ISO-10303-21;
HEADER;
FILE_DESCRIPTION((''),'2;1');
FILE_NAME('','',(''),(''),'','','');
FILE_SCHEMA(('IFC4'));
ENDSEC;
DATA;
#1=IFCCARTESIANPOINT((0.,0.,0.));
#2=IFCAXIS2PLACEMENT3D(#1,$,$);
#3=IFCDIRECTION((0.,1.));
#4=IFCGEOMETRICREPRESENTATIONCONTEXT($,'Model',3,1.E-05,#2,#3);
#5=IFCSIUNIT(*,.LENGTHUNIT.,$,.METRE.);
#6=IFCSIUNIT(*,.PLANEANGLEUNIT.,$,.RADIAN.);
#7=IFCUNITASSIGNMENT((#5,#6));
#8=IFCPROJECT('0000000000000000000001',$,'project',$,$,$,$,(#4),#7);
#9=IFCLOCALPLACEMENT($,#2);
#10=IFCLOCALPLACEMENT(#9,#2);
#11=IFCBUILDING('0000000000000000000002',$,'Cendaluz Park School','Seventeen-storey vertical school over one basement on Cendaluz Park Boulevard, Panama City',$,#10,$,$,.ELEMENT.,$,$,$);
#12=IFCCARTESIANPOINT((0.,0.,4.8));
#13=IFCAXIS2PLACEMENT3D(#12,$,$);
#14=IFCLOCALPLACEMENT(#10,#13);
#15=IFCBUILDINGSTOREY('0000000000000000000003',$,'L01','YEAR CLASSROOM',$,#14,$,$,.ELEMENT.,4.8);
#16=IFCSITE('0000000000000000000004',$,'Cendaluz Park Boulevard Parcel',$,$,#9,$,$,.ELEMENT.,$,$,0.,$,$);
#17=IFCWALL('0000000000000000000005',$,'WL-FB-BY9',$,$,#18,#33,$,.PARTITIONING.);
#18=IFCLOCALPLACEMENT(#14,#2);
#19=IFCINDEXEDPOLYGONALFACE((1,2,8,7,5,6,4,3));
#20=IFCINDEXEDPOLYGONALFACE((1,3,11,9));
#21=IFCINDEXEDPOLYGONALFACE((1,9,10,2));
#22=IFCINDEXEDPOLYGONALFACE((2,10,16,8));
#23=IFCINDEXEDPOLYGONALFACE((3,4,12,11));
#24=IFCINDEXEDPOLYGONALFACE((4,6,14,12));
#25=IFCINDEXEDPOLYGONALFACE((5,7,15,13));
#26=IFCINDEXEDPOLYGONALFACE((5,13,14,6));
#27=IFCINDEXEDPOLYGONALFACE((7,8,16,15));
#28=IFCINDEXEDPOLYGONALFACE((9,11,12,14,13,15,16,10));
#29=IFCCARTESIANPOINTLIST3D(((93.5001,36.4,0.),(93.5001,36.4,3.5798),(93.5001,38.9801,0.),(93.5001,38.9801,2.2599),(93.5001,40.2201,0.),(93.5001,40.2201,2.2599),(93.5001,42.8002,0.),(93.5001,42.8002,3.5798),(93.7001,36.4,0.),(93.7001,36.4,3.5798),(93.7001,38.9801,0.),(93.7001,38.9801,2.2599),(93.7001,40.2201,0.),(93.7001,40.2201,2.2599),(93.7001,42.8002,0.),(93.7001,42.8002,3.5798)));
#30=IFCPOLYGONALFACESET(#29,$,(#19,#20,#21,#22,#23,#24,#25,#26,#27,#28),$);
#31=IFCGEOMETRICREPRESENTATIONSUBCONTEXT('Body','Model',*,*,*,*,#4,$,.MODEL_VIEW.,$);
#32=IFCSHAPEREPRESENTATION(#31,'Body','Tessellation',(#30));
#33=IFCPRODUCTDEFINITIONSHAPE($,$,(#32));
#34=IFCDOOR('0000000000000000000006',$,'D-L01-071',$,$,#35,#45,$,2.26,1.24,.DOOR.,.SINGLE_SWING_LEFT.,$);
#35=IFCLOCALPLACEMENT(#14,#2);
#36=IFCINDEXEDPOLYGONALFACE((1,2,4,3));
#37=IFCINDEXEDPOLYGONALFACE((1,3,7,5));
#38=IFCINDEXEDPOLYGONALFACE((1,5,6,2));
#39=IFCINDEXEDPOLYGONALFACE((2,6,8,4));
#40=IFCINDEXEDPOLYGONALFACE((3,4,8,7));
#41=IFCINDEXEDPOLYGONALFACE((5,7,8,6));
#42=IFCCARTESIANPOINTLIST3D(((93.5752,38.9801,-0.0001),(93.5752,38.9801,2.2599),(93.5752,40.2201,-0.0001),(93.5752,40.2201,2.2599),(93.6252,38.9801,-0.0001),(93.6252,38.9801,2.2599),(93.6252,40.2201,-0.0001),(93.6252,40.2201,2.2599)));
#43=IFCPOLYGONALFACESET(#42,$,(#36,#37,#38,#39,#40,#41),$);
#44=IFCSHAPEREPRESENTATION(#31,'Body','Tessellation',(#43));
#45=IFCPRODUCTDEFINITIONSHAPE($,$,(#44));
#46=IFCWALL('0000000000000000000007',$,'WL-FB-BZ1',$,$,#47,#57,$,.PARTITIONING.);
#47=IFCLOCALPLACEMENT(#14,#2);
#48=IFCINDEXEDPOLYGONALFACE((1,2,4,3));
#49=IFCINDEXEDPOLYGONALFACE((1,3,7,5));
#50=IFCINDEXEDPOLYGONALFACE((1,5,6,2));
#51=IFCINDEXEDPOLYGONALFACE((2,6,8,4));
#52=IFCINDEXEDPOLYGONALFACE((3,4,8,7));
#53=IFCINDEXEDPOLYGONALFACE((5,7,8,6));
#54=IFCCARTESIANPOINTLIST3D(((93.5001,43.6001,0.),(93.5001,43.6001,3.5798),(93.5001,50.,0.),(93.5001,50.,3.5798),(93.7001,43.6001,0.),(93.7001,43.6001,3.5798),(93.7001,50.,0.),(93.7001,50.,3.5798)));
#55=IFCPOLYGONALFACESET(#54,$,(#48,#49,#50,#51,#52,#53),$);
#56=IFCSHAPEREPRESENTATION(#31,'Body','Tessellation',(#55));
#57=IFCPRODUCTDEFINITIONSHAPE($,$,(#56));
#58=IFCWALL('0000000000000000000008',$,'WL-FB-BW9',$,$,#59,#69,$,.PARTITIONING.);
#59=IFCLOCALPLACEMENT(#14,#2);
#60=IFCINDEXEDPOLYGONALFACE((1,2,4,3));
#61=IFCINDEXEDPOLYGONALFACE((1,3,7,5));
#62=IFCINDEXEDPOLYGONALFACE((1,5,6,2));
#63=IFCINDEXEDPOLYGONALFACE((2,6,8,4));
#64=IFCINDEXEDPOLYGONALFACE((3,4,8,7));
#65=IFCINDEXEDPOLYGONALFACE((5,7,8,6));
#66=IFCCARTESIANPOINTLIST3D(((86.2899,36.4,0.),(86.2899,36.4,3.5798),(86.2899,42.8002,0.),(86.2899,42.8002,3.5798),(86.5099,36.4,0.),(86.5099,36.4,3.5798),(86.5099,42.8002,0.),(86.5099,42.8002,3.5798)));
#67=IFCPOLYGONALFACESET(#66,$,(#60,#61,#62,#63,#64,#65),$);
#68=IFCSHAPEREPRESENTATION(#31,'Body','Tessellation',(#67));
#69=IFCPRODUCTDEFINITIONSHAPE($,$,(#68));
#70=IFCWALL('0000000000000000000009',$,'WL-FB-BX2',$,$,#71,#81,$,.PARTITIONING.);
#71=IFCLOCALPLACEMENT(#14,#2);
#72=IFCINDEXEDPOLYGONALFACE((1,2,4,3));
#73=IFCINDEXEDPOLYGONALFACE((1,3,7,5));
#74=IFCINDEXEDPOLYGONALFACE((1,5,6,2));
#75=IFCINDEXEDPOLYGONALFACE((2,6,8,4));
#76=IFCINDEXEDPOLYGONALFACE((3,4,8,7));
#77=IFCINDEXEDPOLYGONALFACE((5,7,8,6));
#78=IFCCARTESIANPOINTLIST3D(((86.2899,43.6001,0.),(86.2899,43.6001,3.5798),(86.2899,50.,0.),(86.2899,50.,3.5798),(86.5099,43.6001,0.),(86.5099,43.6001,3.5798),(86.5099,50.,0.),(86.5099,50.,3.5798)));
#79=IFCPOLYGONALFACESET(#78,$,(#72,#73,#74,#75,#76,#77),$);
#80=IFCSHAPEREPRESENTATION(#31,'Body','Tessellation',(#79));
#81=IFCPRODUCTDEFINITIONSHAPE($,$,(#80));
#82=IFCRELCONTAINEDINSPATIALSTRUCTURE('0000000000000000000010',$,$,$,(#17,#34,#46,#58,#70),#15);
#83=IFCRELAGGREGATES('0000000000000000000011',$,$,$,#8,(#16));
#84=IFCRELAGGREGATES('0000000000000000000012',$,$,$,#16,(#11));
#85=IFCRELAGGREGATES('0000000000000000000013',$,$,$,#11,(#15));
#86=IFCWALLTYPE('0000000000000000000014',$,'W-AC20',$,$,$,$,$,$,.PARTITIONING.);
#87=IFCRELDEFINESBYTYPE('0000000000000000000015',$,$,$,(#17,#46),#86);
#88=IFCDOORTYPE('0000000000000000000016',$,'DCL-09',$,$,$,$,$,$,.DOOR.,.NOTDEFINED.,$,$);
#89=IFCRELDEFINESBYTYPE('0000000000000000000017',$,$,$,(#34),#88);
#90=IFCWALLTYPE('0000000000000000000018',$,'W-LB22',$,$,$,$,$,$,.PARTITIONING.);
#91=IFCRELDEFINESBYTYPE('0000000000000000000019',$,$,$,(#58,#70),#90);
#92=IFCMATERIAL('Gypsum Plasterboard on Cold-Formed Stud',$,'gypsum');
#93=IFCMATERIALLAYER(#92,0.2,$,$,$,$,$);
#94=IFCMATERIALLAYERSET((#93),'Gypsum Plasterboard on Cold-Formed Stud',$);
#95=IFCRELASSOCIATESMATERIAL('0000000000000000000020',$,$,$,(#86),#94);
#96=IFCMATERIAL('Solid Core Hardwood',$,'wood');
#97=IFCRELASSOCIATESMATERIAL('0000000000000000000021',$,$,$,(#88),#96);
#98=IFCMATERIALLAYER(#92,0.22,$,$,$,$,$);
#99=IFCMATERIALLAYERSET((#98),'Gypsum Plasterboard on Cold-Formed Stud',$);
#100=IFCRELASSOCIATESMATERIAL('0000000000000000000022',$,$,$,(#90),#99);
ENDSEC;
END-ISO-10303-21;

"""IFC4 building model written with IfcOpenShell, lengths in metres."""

from ifc_helpers import new_model, si_unit, direction, frame, frame_2d, origin, place, context, subcontext, project, spatial, rectangle, extrude, material, layer, layer_set, type_object, element, fill, save


model = new_model("IFC4")

# Units and contexts
model_context = context("Model", 3, precision=1e-05, world=origin(), true_north=direction((0.0, 1.0)))
body_context = subcontext(model_context, "Body", "Model", "MODEL_VIEW")
ifc_project = project(units=[si_unit("LENGTHUNIT", "METRE"), si_unit("PLANEANGLEUNIT", "RADIAN")], contexts=[model_context])

# Site, building, storey
site_placement = place(None, origin())
site = spatial("IfcSite", under=ifc_project, at=site_placement, Name="Cendaluz Park Boulevard Parcel", CompositionType="ELEMENT", RefElevation=0.0)
building_placement = place(site_placement, origin())
building = spatial("IfcBuilding", under=site, at=building_placement, Name="Cendaluz Park School", Description="Seventeen-storey vertical school over one basement on Cendaluz Park Boulevard, Panama City", CompositionType="ELEMENT")
storey_placement = place(building_placement, frame((0.0, 0.0, 4.8)))
storey = spatial("IfcBuildingStorey", under=building, at=storey_placement, Name="L01", Description="YEAR CLASSROOM", CompositionType="ELEMENT", Elevation=4.8)

# Shared definitions
ifc_material_1 = material(Name="Gypsum Plasterboard on Cold-Formed Stud", Category="gypsum")
ifc_layer_1 = layer(ifc_material_1, 0.2)
ifc_layer_set_1 = layer_set([ifc_layer_1], Name="Gypsum Plasterboard on Cold-Formed Stud")
wall_type_1 = type_object("IfcWallType", Name="W-AC20", PredefinedType="PARTITIONING", material=ifc_layer_set_1)

# Wall, opening, door
wall_1_placement = place(storey_placement, frame((93.6001, 36.3999, 0.0), z_axis=(0.0, 0.0, 1.0), x_axis=(0.0, 1.0, 0.0)))
wall_1 = element("IfcWall", 1, at=wall_1_placement, inside=storey, type_object=wall_type_1, Name="WL-FB-BY9", PredefinedType="PARTITIONING", context=body_context, shape_type="SweptSolid", body=[
    extrude(rectangle(XDim=6.4001, YDim=0.2, at=frame_2d((3.2002, 0.0))), origin(), (0.0, 0.0, 1.0), 3.5798),
])
opening_placement = place(wall_1_placement, frame((2.5801, 0.0, 0.0)))
opening = element("IfcOpeningElement", 2, at=opening_placement, cuts=wall_1, PredefinedType="OPENING", context=body_context, shape_type="SweptSolid", body=[
    extrude(rectangle(XDim=1.24, YDim=2.26, at=frame_2d((0.6201, 1.1299))), frame((0.0, 0.1121, 0.0), z_axis=(0.0, -1.0, 0.0), x_axis=(1.0, 0.0, 0.0)), (0.0, 0.0, 1.0), 0.2239),
])
ifc_material_2 = material(Name="Solid Core Hardwood", Category="wood")
door_type = type_object("IfcDoorType", Name="DCL-09", OperationType="NOTDEFINED", PredefinedType="DOOR", material=ifc_material_2)
door_placement = place(opening_placement, origin())
door = element("IfcDoor", 3, at=door_placement, inside=storey, type_object=door_type, Name="D-L01-071", OperationType="SINGLE_SWING_LEFT", OverallHeight=2.26, OverallWidth=1.24, PredefinedType="DOOR", context=body_context, shape_type="SweptSolid", body=[
    extrude(rectangle(XDim=1.24, YDim=2.26, at=frame_2d((0.6201, 1.1299))), frame((0.0, 0.0249, 0.0), z_axis=(0.0, -1.0, 0.0), x_axis=(1.0, 0.0, 0.0)), (0.0, 0.0, 1.0), 0.05),
])
fill(opening, door)

# Walls
wall_2_placement = place(storey_placement, frame((93.6001, 43.6001, 0.0), z_axis=(0.0, 0.0, 1.0), x_axis=(0.0, 1.0, 0.0)))
element("IfcWall", 4, at=wall_2_placement, inside=storey, type_object=wall_type_1, Name="WL-FB-BZ1", PredefinedType="PARTITIONING", context=body_context, shape_type="SweptSolid", body=[
    extrude(rectangle(XDim=6.3999, YDim=0.2, at=frame_2d((3.2, 0.0))), origin(), (0.0, 0.0, 1.0), 3.5798),
])
ifc_layer_2 = layer(ifc_material_1, 0.22)
ifc_layer_set_2 = layer_set([ifc_layer_2], Name="Gypsum Plasterboard on Cold-Formed Stud")
wall_type_2 = type_object("IfcWallType", Name="W-LB22", PredefinedType="PARTITIONING", material=ifc_layer_set_2)
wall_3_placement = place(storey_placement, frame((86.3999, 36.3999, 0.0), z_axis=(0.0, 0.0, 1.0), x_axis=(0.0, 1.0, 0.0)))
element("IfcWall", 5, at=wall_3_placement, inside=storey, type_object=wall_type_2, Name="WL-FB-BW9", PredefinedType="PARTITIONING", context=body_context, shape_type="SweptSolid", body=[
    extrude(rectangle(XDim=6.4001, YDim=0.22, at=frame_2d((3.2002, 0.0))), origin(), (0.0, 0.0, 1.0), 3.5798),
])
wall_4_placement = place(storey_placement, frame((86.3999, 43.6001, 0.0), z_axis=(0.0, 0.0, 1.0), x_axis=(0.0, 1.0, 0.0)))
element("IfcWall", 6, at=wall_4_placement, inside=storey, type_object=wall_type_2, Name="WL-FB-BX2", PredefinedType="PARTITIONING", context=body_context, shape_type="SweptSolid", body=[
    extrude(rectangle(XDim=6.3999, YDim=0.22, at=frame_2d((3.2, 0.0))), origin(), (0.0, 0.0, 1.0), 3.5798),
])

save(model, "model.ifc")
